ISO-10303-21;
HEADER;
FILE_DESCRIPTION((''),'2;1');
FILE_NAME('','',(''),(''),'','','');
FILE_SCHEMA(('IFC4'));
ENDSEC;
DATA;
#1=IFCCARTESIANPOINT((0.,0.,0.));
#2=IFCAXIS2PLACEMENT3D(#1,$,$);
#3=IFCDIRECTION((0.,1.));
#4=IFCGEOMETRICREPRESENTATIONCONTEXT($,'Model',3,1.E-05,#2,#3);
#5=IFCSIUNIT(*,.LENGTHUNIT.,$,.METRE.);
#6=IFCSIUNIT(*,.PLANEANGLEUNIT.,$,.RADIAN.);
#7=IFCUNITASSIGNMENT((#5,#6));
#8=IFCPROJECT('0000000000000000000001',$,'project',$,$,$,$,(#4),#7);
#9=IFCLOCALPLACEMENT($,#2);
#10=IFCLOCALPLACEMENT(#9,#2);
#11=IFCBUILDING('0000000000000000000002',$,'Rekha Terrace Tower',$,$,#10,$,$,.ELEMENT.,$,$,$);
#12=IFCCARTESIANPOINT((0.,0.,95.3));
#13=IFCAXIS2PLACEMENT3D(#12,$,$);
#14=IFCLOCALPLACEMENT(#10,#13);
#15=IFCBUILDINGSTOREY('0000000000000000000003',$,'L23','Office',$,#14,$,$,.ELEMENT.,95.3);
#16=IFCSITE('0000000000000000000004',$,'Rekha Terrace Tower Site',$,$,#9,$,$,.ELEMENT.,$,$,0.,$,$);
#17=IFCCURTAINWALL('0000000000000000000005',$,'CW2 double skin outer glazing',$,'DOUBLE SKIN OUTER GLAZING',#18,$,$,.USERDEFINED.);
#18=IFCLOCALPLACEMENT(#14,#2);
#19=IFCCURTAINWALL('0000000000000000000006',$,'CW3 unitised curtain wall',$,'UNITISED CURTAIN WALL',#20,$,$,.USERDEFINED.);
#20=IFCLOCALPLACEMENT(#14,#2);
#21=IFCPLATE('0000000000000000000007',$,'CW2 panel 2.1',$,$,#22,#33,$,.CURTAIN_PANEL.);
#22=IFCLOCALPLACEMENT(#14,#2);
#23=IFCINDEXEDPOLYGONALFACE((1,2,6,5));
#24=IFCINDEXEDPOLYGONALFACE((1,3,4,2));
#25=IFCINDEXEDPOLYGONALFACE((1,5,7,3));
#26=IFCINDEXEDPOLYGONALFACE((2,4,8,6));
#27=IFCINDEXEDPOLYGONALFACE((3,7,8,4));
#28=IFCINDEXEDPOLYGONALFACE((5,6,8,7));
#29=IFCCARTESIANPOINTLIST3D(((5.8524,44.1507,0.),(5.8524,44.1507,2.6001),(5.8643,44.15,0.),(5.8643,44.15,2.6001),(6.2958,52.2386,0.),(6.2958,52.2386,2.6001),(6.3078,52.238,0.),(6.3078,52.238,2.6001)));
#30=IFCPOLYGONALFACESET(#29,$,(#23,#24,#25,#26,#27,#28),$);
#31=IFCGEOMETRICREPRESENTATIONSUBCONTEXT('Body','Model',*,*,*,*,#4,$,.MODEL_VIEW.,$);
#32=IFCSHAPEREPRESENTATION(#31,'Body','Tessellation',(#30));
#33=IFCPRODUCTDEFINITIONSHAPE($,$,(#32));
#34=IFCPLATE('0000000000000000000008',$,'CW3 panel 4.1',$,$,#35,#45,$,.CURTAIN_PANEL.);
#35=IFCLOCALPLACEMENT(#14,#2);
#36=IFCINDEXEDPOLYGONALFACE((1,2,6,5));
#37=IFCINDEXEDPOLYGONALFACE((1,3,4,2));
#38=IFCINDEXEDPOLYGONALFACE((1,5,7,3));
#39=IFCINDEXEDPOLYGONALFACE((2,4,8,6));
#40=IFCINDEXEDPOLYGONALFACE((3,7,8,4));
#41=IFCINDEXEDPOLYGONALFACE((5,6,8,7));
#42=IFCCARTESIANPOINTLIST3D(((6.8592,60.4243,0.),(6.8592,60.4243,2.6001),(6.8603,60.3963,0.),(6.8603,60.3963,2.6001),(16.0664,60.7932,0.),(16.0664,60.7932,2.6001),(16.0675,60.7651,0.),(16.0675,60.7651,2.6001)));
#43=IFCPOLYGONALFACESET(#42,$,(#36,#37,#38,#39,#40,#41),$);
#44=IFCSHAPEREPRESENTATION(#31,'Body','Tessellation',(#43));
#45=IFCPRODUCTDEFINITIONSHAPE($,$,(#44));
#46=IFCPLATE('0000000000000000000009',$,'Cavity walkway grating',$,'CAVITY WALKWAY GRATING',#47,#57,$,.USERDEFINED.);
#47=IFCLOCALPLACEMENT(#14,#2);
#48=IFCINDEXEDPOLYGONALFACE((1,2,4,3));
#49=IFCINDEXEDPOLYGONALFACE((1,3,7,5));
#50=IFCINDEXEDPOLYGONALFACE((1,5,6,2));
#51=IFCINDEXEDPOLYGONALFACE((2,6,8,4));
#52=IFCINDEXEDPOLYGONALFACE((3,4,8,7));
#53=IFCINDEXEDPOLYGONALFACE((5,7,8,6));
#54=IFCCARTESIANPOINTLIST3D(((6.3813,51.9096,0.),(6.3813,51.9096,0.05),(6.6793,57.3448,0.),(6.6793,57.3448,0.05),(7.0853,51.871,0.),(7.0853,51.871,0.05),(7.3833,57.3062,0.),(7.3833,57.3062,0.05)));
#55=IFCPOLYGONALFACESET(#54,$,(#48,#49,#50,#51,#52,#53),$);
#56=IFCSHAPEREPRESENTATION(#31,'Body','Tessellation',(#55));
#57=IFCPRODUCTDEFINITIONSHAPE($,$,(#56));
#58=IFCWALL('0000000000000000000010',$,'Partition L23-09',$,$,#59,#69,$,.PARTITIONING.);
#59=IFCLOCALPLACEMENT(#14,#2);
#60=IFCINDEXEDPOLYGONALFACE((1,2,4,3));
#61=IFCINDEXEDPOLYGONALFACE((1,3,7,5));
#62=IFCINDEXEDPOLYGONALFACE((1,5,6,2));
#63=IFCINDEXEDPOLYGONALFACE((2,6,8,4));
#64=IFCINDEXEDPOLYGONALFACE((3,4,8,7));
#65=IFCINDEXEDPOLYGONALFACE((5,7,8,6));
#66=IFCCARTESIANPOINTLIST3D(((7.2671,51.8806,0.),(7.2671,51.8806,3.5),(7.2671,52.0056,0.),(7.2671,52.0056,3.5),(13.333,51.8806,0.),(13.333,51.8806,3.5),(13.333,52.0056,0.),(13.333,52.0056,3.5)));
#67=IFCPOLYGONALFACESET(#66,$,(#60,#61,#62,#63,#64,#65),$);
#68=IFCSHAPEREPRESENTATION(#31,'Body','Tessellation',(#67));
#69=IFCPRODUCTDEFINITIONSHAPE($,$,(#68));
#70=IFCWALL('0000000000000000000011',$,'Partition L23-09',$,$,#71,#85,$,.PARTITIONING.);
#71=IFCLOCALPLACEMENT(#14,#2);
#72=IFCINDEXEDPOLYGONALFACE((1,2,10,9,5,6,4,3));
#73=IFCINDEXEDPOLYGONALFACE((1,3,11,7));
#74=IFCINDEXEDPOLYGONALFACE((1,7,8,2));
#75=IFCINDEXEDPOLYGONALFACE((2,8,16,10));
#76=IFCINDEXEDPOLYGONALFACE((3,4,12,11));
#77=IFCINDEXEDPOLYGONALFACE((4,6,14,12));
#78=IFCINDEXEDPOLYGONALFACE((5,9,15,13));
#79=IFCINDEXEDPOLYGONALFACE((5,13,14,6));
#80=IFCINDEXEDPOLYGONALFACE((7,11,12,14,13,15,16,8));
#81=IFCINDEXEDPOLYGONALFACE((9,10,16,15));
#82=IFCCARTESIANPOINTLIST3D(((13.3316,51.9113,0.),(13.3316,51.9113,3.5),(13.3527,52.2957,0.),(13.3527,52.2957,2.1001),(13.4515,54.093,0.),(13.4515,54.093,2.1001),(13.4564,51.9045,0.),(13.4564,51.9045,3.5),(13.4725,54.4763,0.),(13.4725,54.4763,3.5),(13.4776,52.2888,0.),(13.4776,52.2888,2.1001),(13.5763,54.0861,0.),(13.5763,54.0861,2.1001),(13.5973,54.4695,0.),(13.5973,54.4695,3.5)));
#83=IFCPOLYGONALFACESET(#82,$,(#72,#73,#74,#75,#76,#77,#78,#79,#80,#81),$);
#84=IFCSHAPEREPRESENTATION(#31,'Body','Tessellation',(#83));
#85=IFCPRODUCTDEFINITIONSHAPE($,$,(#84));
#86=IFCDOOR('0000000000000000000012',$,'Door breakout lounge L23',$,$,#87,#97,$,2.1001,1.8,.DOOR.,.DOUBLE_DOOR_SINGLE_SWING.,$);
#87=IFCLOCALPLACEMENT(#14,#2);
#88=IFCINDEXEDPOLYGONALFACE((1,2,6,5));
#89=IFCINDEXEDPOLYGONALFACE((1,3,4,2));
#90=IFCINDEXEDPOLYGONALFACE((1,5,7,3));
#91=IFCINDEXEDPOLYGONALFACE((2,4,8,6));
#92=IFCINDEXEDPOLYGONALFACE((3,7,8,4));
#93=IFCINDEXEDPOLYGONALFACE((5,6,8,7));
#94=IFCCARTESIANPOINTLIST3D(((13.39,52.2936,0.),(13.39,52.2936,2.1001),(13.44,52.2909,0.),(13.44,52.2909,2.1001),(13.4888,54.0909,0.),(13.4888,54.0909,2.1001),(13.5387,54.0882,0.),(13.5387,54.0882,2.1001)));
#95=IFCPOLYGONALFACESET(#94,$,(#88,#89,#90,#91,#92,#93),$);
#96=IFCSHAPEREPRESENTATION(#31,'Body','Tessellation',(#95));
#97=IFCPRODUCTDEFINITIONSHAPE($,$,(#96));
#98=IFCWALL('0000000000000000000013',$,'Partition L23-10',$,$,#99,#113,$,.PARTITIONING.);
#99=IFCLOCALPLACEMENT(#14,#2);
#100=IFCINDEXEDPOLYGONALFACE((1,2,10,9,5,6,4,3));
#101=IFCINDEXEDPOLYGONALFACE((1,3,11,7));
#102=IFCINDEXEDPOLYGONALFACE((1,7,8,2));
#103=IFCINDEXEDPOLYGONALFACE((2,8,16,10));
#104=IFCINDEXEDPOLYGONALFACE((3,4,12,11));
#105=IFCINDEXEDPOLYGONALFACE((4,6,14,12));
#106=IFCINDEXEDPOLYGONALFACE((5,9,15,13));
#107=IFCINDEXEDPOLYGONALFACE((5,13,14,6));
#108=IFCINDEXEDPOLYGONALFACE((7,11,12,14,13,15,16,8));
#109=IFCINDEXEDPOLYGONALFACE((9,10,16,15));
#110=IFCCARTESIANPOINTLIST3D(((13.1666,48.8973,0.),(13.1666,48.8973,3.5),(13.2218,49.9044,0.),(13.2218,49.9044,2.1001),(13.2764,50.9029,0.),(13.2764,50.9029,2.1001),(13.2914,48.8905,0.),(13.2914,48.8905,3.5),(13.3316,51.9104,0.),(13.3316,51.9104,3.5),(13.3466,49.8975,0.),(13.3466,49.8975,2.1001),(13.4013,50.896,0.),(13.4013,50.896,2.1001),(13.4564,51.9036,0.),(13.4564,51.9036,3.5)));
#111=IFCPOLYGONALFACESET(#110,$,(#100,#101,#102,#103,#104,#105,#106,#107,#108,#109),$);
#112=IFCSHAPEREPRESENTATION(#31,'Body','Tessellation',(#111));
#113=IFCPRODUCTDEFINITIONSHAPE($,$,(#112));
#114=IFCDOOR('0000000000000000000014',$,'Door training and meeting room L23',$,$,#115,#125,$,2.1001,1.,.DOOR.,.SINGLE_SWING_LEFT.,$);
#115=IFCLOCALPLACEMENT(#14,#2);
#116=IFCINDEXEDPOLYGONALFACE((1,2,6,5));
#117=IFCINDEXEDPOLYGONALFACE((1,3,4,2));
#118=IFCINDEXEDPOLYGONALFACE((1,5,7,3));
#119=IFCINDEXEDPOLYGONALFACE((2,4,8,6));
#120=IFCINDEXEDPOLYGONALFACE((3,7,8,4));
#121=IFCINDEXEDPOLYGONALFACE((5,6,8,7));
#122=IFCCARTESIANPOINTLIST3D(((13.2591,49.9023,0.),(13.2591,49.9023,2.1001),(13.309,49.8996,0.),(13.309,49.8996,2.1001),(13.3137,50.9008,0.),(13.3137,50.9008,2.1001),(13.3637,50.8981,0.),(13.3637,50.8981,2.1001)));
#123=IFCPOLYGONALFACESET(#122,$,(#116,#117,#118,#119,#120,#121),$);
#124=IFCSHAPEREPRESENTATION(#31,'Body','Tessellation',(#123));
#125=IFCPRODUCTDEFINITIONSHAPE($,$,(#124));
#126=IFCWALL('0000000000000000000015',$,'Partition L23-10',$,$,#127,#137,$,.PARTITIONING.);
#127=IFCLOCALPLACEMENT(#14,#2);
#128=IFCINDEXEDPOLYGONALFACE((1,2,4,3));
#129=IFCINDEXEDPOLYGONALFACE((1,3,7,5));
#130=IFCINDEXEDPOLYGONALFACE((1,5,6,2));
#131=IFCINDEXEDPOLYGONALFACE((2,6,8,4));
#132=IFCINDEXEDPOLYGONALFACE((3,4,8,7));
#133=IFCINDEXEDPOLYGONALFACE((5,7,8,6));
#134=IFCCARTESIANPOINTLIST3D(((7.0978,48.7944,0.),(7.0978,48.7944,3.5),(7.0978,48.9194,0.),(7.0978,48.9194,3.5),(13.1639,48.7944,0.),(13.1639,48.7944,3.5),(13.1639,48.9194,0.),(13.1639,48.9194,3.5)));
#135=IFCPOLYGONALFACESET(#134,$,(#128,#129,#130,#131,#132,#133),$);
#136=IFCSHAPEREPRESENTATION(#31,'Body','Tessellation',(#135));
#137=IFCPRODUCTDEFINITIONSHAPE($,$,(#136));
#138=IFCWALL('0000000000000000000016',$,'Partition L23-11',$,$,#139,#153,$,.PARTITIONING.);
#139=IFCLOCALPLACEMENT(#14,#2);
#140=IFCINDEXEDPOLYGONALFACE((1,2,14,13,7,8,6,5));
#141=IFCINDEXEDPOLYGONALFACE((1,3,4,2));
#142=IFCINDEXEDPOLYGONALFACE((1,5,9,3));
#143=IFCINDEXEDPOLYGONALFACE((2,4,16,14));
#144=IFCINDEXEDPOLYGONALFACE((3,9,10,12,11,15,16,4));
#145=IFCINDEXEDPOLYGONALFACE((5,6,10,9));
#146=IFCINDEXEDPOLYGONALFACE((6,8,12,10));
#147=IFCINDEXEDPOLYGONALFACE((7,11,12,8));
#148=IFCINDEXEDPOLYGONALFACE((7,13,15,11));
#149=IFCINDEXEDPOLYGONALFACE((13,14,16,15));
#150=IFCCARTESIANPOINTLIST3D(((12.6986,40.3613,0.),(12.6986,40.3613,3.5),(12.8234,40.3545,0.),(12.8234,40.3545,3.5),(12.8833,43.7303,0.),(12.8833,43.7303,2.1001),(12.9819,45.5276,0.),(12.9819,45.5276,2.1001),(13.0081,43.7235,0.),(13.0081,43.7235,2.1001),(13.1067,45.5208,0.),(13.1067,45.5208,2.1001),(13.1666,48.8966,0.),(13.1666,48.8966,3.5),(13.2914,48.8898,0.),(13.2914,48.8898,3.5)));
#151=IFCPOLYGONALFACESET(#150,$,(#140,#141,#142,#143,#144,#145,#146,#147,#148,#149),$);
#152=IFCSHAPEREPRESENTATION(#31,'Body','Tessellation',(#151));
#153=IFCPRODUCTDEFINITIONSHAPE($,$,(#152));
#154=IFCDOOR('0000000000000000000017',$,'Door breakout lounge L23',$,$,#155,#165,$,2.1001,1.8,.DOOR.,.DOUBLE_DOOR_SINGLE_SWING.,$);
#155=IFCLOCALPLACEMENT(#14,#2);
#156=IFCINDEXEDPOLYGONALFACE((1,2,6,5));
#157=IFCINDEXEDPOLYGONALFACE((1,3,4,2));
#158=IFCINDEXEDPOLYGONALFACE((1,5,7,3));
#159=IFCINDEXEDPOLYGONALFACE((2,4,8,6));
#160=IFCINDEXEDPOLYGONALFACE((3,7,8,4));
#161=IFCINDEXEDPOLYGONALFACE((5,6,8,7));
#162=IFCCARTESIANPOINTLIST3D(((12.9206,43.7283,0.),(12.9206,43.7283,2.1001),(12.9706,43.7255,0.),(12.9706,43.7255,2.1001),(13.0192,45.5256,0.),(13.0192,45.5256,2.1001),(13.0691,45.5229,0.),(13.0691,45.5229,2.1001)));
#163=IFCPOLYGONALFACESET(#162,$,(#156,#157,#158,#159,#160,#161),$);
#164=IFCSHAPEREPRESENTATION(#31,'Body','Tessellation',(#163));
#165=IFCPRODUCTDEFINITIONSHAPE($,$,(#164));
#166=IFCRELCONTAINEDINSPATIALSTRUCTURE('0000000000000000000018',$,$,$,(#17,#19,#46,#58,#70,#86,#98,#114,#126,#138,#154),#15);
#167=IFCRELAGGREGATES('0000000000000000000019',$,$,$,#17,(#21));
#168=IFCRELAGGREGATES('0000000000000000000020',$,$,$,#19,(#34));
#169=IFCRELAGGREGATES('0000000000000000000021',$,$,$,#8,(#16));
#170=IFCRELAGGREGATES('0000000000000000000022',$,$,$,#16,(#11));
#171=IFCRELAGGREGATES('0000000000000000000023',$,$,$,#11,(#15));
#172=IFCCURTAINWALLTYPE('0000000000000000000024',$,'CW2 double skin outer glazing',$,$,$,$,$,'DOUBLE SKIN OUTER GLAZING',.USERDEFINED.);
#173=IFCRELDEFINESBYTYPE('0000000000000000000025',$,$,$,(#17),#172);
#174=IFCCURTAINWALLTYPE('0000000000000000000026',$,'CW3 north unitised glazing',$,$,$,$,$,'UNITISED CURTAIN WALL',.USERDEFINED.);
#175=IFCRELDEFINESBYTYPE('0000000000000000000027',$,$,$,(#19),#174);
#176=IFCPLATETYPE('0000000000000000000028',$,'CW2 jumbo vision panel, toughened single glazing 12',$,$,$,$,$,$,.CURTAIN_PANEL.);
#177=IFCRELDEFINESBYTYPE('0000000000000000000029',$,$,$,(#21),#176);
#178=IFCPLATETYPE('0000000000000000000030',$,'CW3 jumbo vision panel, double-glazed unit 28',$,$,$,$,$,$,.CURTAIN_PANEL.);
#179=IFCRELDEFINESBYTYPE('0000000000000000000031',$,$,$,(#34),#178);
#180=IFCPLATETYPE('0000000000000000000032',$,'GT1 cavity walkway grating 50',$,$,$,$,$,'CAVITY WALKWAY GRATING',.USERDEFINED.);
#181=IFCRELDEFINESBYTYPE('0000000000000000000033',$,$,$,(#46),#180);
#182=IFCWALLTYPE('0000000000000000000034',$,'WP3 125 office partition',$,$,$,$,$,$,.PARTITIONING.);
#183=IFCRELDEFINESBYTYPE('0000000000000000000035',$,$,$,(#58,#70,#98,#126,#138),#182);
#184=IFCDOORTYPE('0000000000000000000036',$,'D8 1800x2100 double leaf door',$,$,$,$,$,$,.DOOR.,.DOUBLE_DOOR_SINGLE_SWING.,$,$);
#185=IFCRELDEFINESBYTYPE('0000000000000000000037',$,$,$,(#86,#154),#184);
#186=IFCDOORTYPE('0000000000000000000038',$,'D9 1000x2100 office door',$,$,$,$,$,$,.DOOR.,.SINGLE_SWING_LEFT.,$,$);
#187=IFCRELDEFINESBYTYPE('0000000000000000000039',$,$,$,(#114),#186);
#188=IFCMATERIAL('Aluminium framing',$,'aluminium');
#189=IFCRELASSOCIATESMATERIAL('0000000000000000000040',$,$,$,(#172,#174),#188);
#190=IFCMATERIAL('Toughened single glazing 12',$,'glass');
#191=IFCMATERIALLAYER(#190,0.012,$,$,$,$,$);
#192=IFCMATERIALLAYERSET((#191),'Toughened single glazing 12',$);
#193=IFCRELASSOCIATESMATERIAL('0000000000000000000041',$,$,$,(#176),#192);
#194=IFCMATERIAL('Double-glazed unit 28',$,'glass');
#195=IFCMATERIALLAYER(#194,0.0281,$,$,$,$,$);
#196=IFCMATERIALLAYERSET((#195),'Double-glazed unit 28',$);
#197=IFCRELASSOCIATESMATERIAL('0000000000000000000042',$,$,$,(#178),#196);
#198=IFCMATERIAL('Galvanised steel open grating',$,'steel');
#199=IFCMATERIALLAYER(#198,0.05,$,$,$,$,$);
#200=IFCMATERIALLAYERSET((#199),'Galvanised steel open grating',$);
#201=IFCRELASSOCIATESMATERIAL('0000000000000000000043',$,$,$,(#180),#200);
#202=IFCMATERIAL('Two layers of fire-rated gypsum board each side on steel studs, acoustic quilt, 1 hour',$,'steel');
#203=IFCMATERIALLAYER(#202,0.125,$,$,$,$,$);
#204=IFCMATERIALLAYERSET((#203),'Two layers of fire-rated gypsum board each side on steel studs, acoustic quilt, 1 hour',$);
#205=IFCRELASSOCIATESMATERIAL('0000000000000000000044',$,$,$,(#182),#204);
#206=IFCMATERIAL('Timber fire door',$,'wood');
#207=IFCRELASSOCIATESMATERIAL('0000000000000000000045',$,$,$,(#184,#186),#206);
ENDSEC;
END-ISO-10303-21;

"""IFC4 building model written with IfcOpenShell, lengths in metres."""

from ifc_helpers import new_model, si_unit, direction, frame, frame_2d, origin, origin_2d, place, context, subcontext, project, spatial, rectangle, extrude, material, layer, layer_set, type_object, element, fill, aggregate, save


model = new_model("IFC4")

# Units and contexts
model_context = context("Model", 3, precision=1e-05, world=origin(), true_north=direction((0.0, 1.0)))
body_context = subcontext(model_context, "Body", "Model", "MODEL_VIEW")
ifc_project = project(units=[si_unit("LENGTHUNIT", "METRE"), si_unit("PLANEANGLEUNIT", "RADIAN")], contexts=[model_context])

# Site, building, storey
site_placement = place(None, origin())
site = spatial("IfcSite", under=ifc_project, at=site_placement, Name="Rekha Terrace Tower Site", CompositionType="ELEMENT", RefElevation=0.0)
building_placement = place(site_placement, origin())
building = spatial("IfcBuilding", under=site, at=building_placement, Name="Rekha Terrace Tower", CompositionType="ELEMENT")
storey_placement = place(building_placement, frame((0.0, 0.0, 95.3)))
storey = spatial("IfcBuildingStorey", under=building, at=storey_placement, Name="L23", Description="Office", CompositionType="ELEMENT", Elevation=95.3)

# Curtain wall
ifc_material_1 = material(Name="Aluminium framing", Category="aluminium")
curtain_wall_type_1 = type_object("IfcCurtainWallType", Name="CW2 double skin outer glazing", ElementType="DOUBLE SKIN OUTER GLAZING", PredefinedType="USERDEFINED", material=ifc_material_1)
curtain_wall_1_placement = place(storey_placement, origin())
curtain_wall_1 = element("IfcCurtainWall", 1, at=curtain_wall_1_placement, inside=storey, type_object=curtain_wall_type_1, Name="CW2 double skin outer glazing", ObjectType="DOUBLE SKIN OUTER GLAZING", PredefinedType="USERDEFINED")

# Curtain wall
curtain_wall_type_2 = type_object("IfcCurtainWallType", Name="CW3 north unitised glazing", ElementType="UNITISED CURTAIN WALL", PredefinedType="USERDEFINED", material=ifc_material_1)
curtain_wall_2_placement = place(storey_placement, origin())
curtain_wall_2 = element("IfcCurtainWall", 2, at=curtain_wall_2_placement, inside=storey, type_object=curtain_wall_type_2, Name="CW3 unitised curtain wall", ObjectType="UNITISED CURTAIN WALL", PredefinedType="USERDEFINED")

# Plates
ifc_material_2 = material(Name="Toughened single glazing 12", Category="glass")
ifc_layer_1 = layer(ifc_material_2, 0.012)
ifc_layer_set_1 = layer_set([ifc_layer_1], Name="Toughened single glazing 12")
plate_type_1 = type_object("IfcPlateType", Name="CW2 jumbo vision panel, toughened single glazing 12", PredefinedType="CURTAIN_PANEL", material=ifc_layer_set_1)
plate_1_placement = place(storey_placement, frame((6.0801, 48.1943, 0.0), z_axis=(0.0, 0.0, 1.0), x_axis=(-0.054742, -0.998501, 0.0)))
plate_1 = element("IfcPlate", 3, at=plate_1_placement, type_object=plate_type_1, Name="CW2 panel 2.1", PredefinedType="CURTAIN_PANEL", context=body_context, shape_type="SweptSolid", body=[
    extrude(rectangle(XDim=8.1001, YDim=0.012, at=origin_2d()), origin(), (0.0, 0.0, 1.0), 2.6001),
])
aggregate(curtain_wall_1, [plate_1])
ifc_material_3 = material(Name="Double-glazed unit 28", Category="glass")
ifc_layer_2 = layer(ifc_material_3, 0.0281)
ifc_layer_set_2 = layer_set([ifc_layer_2], Name="Double-glazed unit 28")
plate_type_2 = type_object("IfcPlateType", Name="CW3 jumbo vision panel, double-glazed unit 28", PredefinedType="CURTAIN_PANEL", material=ifc_layer_set_2)
plate_2_placement = place(storey_placement, frame((11.4634, 60.5947, 0.0), z_axis=(0.0, 0.0, 1.0), x_axis=(-0.999198, -0.040032, 0.0)))
plate_2 = element("IfcPlate", 4, at=plate_2_placement, type_object=plate_type_2, Name="CW3 panel 4.1", PredefinedType="CURTAIN_PANEL", context=body_context, shape_type="SweptSolid", body=[
    extrude(rectangle(XDim=9.2146, YDim=0.0281, at=origin_2d()), origin(), (0.0, 0.0, 1.0), 2.6001),
])
aggregate(curtain_wall_2, [plate_2])
ifc_material_4 = material(Name="Galvanised steel open grating", Category="steel")
ifc_layer_3 = layer(ifc_material_4, 0.05)
ifc_layer_set_3 = layer_set([ifc_layer_3], Name="Galvanised steel open grating")
plate_type_3 = type_object("IfcPlateType", Name="GT1 cavity walkway grating 50", ElementType="CAVITY WALKWAY GRATING", PredefinedType="USERDEFINED", material=ifc_layer_set_3)
plate_3_placement = place(storey_placement, frame((6.8823, 54.6079, 0.0), z_axis=(0.0, 0.0, 1.0), x_axis=(-0.054742, -0.998501, 0.0)))
element("IfcPlate", 5, at=plate_3_placement, inside=storey, type_object=plate_type_3, Name="Cavity walkway grating", ObjectType="CAVITY WALKWAY GRATING", PredefinedType="USERDEFINED", context=body_context, shape_type="SweptSolid", body=[
    extrude(rectangle(XDim=5.4434, YDim=0.7051, at=origin_2d()), origin(), (0.0, 0.0, 1.0), 0.05),
])

# Wall
ifc_material_5 = material(Name="Two layers of fire-rated gypsum board each side on steel studs, acoustic quilt, 1 hour", Category="steel")
ifc_layer_4 = layer(ifc_material_5, 0.125)
ifc_layer_set_4 = layer_set([ifc_layer_4], Name="Two layers of fire-rated gypsum board each side on steel studs, acoustic quilt, 1 hour")
wall_type = type_object("IfcWallType", Name="WP3 125 office partition", PredefinedType="PARTITIONING", material=ifc_layer_set_4)
wall_1_placement = place(storey_placement, frame((13.333, 51.9431, 0.0), z_axis=(0.0, 0.0, 1.0), x_axis=(-1.0, 0.0, 0.0)))
element("IfcWall", 6, at=wall_1_placement, inside=storey, type_object=wall_type, Name="Partition L23-09", PredefinedType="PARTITIONING", context=body_context, shape_type="SweptSolid", body=[
    extrude(rectangle(XDim=6.0659, YDim=0.125, at=frame_2d((3.033, 0.0))), origin(), (0.0, 0.0, 1.0), 3.5),
])

# Walls, openings, doors
wall_2_placement = place(storey_placement, frame((13.5349, 54.4729, 0.0), z_axis=(0.0, 0.0, 1.0), x_axis=(-0.054838, -0.998495, 0.0)))
wall_2 = element("IfcWall", 7, at=wall_2_placement, inside=storey, type_object=wall_type, Name="Partition L23-09", PredefinedType="PARTITIONING", context=body_context, shape_type="SweptSolid", body=[
    extrude(rectangle(XDim=2.5688, YDim=0.125, at=frame_2d((1.2844, 0.0))), origin(), (0.0, 0.0, 1.0), 3.5),
])
opening_1_placement = place(wall_2_placement, frame((0.384, 0.0, 0.0)))
opening_1 = element("IfcOpeningElement", 8, at=opening_1_placement, cuts=wall_2, PredefinedType="OPENING", context=body_context, shape_type="SweptSolid", body=[
    extrude(rectangle(XDim=1.8, YDim=2.1001, at=frame_2d((0.8999, 1.05))), frame((0.0, 0.0725, 0.0), z_axis=(0.0, -1.0, 0.0), x_axis=(1.0, 0.0, 0.0)), (0.0, 0.0, 1.0), 0.145),
])
ifc_material_6 = material(Name="Timber fire door", Category="wood")
door_type_1 = type_object("IfcDoorType", Name="D8 1800x2100 double leaf door", OperationType="DOUBLE_DOOR_SINGLE_SWING", PredefinedType="DOOR", material=ifc_material_6)
door_1_placement = place(opening_1_placement, origin())
door_1 = element("IfcDoor", 9, at=door_1_placement, inside=storey, type_object=door_type_1, Name="Door breakout lounge L23", OperationType="DOUBLE_DOOR_SINGLE_SWING", OverallHeight=2.1001, OverallWidth=1.8, PredefinedType="DOOR", context=body_context, shape_type="SweptSolid", body=[
    extrude(rectangle(XDim=1.8, YDim=2.1001, at=frame_2d((0.8999, 1.05))), frame((0.0, 0.0249, 0.0), z_axis=(0.0, -1.0, 0.0), x_axis=(1.0, 0.0, 0.0)), (0.0, 0.0, 1.0), 0.05),
])
fill(opening_1, door_1)
wall_3_placement = place(storey_placement, frame((13.394, 51.907, 0.0), z_axis=(0.0, 0.0, 1.0), x_axis=(-0.054695, -0.998503, 0.0)))
wall_3 = element("IfcWall", 10, at=wall_3_placement, inside=storey, type_object=wall_type, Name="Partition L23-10", PredefinedType="PARTITIONING", context=body_context, shape_type="SweptSolid", body=[
    extrude(rectangle(XDim=3.0176, YDim=0.125, at=frame_2d((1.5088, 0.0))), origin(), (0.0, 0.0, 1.0), 3.5),
])
opening_2_placement = place(wall_3_placement, frame((1.009, 0.0, 0.0)))
opening_2 = element("IfcOpeningElement", 11, at=opening_2_placement, cuts=wall_3, PredefinedType="OPENING", context=body_context, shape_type="SweptSolid", body=[
    extrude(rectangle(XDim=1.0, YDim=2.1001, at=frame_2d((0.5, 1.05))), frame((0.0, 0.0725, 0.0), z_axis=(0.0, -1.0, 0.0), x_axis=(1.0, 0.0, 0.0)), (0.0, 0.0, 1.0), 0.145),
])
door_type_2 = type_object("IfcDoorType", Name="D9 1000x2100 office door", OperationType="SINGLE_SWING_LEFT", PredefinedType="DOOR", material=ifc_material_6)
door_2_placement = place(opening_2_placement, origin())
door_2 = element("IfcDoor", 12, at=door_2_placement, inside=storey, type_object=door_type_2, Name="Door training and meeting room L23", OperationType="SINGLE_SWING_LEFT", OverallHeight=2.1001, OverallWidth=1.0, PredefinedType="DOOR", context=body_context, shape_type="SweptSolid", body=[
    extrude(rectangle(XDim=1.0, YDim=2.1001, at=frame_2d((0.5, 1.05))), frame((0.0, 0.0249, 0.0), z_axis=(0.0, -1.0, 0.0), x_axis=(1.0, 0.0, 0.0)), (0.0, 0.0, 1.0), 0.05),
])
fill(opening_2, door_2)

# Wall
wall_4_placement = place(storey_placement, frame((13.1641, 48.8569, 0.0), z_axis=(0.0, 0.0, 1.0), x_axis=(-1.0, 0.0, 0.0)))
element("IfcWall", 13, at=wall_4_placement, inside=storey, type_object=wall_type, Name="Partition L23-10", PredefinedType="PARTITIONING", context=body_context, shape_type="SweptSolid", body=[
    extrude(rectangle(XDim=6.0662, YDim=0.125, at=frame_2d((3.0332, 0.0))), origin(), (0.0, 0.0, 1.0), 3.5),
])

# Wall, opening, door
wall_5_placement = place(storey_placement, frame((13.229, 48.8931, 0.0), z_axis=(0.0, 0.0, 1.0), x_axis=(-0.054752, -0.9985, 0.0)))
wall_5 = element("IfcWall", 14, at=wall_5_placement, inside=storey, type_object=wall_type, Name="Partition L23-11", PredefinedType="PARTITIONING", context=body_context, shape_type="SweptSolid", body=[
    extrude(rectangle(XDim=8.5481, YDim=0.125, at=frame_2d((4.2739, 0.0))), origin(), (0.0, 0.0, 1.0), 3.5),
])
opening_3_placement = place(wall_5_placement, frame((3.374, 0.0, 0.0)))
opening_3 = element("IfcOpeningElement", 15, at=opening_3_placement, cuts=wall_5, PredefinedType="OPENING", context=body_context, shape_type="SweptSolid", body=[
    extrude(rectangle(XDim=1.8, YDim=2.1001, at=frame_2d((0.8999, 1.05))), frame((0.0, 0.0725, 0.0), z_axis=(0.0, -1.0, 0.0), x_axis=(1.0, 0.0, 0.0)), (0.0, 0.0, 1.0), 0.145),
])
door_3_placement = place(opening_3_placement, origin())
door_3 = element("IfcDoor", 16, at=door_3_placement, inside=storey, type_object=door_type_1, Name="Door breakout lounge L23", OperationType="DOUBLE_DOOR_SINGLE_SWING", OverallHeight=2.1001, OverallWidth=1.8, PredefinedType="DOOR", context=body_context, shape_type="SweptSolid", body=[
    extrude(rectangle(XDim=1.8, YDim=2.1001, at=frame_2d((0.8999, 1.05))), frame((0.0, 0.0249, 0.0), z_axis=(0.0, -1.0, 0.0), x_axis=(1.0, 0.0, 0.0)), (0.0, 0.0, 1.0), 0.05),
])
fill(opening_3, door_3)

save(model, "model.ifc")
